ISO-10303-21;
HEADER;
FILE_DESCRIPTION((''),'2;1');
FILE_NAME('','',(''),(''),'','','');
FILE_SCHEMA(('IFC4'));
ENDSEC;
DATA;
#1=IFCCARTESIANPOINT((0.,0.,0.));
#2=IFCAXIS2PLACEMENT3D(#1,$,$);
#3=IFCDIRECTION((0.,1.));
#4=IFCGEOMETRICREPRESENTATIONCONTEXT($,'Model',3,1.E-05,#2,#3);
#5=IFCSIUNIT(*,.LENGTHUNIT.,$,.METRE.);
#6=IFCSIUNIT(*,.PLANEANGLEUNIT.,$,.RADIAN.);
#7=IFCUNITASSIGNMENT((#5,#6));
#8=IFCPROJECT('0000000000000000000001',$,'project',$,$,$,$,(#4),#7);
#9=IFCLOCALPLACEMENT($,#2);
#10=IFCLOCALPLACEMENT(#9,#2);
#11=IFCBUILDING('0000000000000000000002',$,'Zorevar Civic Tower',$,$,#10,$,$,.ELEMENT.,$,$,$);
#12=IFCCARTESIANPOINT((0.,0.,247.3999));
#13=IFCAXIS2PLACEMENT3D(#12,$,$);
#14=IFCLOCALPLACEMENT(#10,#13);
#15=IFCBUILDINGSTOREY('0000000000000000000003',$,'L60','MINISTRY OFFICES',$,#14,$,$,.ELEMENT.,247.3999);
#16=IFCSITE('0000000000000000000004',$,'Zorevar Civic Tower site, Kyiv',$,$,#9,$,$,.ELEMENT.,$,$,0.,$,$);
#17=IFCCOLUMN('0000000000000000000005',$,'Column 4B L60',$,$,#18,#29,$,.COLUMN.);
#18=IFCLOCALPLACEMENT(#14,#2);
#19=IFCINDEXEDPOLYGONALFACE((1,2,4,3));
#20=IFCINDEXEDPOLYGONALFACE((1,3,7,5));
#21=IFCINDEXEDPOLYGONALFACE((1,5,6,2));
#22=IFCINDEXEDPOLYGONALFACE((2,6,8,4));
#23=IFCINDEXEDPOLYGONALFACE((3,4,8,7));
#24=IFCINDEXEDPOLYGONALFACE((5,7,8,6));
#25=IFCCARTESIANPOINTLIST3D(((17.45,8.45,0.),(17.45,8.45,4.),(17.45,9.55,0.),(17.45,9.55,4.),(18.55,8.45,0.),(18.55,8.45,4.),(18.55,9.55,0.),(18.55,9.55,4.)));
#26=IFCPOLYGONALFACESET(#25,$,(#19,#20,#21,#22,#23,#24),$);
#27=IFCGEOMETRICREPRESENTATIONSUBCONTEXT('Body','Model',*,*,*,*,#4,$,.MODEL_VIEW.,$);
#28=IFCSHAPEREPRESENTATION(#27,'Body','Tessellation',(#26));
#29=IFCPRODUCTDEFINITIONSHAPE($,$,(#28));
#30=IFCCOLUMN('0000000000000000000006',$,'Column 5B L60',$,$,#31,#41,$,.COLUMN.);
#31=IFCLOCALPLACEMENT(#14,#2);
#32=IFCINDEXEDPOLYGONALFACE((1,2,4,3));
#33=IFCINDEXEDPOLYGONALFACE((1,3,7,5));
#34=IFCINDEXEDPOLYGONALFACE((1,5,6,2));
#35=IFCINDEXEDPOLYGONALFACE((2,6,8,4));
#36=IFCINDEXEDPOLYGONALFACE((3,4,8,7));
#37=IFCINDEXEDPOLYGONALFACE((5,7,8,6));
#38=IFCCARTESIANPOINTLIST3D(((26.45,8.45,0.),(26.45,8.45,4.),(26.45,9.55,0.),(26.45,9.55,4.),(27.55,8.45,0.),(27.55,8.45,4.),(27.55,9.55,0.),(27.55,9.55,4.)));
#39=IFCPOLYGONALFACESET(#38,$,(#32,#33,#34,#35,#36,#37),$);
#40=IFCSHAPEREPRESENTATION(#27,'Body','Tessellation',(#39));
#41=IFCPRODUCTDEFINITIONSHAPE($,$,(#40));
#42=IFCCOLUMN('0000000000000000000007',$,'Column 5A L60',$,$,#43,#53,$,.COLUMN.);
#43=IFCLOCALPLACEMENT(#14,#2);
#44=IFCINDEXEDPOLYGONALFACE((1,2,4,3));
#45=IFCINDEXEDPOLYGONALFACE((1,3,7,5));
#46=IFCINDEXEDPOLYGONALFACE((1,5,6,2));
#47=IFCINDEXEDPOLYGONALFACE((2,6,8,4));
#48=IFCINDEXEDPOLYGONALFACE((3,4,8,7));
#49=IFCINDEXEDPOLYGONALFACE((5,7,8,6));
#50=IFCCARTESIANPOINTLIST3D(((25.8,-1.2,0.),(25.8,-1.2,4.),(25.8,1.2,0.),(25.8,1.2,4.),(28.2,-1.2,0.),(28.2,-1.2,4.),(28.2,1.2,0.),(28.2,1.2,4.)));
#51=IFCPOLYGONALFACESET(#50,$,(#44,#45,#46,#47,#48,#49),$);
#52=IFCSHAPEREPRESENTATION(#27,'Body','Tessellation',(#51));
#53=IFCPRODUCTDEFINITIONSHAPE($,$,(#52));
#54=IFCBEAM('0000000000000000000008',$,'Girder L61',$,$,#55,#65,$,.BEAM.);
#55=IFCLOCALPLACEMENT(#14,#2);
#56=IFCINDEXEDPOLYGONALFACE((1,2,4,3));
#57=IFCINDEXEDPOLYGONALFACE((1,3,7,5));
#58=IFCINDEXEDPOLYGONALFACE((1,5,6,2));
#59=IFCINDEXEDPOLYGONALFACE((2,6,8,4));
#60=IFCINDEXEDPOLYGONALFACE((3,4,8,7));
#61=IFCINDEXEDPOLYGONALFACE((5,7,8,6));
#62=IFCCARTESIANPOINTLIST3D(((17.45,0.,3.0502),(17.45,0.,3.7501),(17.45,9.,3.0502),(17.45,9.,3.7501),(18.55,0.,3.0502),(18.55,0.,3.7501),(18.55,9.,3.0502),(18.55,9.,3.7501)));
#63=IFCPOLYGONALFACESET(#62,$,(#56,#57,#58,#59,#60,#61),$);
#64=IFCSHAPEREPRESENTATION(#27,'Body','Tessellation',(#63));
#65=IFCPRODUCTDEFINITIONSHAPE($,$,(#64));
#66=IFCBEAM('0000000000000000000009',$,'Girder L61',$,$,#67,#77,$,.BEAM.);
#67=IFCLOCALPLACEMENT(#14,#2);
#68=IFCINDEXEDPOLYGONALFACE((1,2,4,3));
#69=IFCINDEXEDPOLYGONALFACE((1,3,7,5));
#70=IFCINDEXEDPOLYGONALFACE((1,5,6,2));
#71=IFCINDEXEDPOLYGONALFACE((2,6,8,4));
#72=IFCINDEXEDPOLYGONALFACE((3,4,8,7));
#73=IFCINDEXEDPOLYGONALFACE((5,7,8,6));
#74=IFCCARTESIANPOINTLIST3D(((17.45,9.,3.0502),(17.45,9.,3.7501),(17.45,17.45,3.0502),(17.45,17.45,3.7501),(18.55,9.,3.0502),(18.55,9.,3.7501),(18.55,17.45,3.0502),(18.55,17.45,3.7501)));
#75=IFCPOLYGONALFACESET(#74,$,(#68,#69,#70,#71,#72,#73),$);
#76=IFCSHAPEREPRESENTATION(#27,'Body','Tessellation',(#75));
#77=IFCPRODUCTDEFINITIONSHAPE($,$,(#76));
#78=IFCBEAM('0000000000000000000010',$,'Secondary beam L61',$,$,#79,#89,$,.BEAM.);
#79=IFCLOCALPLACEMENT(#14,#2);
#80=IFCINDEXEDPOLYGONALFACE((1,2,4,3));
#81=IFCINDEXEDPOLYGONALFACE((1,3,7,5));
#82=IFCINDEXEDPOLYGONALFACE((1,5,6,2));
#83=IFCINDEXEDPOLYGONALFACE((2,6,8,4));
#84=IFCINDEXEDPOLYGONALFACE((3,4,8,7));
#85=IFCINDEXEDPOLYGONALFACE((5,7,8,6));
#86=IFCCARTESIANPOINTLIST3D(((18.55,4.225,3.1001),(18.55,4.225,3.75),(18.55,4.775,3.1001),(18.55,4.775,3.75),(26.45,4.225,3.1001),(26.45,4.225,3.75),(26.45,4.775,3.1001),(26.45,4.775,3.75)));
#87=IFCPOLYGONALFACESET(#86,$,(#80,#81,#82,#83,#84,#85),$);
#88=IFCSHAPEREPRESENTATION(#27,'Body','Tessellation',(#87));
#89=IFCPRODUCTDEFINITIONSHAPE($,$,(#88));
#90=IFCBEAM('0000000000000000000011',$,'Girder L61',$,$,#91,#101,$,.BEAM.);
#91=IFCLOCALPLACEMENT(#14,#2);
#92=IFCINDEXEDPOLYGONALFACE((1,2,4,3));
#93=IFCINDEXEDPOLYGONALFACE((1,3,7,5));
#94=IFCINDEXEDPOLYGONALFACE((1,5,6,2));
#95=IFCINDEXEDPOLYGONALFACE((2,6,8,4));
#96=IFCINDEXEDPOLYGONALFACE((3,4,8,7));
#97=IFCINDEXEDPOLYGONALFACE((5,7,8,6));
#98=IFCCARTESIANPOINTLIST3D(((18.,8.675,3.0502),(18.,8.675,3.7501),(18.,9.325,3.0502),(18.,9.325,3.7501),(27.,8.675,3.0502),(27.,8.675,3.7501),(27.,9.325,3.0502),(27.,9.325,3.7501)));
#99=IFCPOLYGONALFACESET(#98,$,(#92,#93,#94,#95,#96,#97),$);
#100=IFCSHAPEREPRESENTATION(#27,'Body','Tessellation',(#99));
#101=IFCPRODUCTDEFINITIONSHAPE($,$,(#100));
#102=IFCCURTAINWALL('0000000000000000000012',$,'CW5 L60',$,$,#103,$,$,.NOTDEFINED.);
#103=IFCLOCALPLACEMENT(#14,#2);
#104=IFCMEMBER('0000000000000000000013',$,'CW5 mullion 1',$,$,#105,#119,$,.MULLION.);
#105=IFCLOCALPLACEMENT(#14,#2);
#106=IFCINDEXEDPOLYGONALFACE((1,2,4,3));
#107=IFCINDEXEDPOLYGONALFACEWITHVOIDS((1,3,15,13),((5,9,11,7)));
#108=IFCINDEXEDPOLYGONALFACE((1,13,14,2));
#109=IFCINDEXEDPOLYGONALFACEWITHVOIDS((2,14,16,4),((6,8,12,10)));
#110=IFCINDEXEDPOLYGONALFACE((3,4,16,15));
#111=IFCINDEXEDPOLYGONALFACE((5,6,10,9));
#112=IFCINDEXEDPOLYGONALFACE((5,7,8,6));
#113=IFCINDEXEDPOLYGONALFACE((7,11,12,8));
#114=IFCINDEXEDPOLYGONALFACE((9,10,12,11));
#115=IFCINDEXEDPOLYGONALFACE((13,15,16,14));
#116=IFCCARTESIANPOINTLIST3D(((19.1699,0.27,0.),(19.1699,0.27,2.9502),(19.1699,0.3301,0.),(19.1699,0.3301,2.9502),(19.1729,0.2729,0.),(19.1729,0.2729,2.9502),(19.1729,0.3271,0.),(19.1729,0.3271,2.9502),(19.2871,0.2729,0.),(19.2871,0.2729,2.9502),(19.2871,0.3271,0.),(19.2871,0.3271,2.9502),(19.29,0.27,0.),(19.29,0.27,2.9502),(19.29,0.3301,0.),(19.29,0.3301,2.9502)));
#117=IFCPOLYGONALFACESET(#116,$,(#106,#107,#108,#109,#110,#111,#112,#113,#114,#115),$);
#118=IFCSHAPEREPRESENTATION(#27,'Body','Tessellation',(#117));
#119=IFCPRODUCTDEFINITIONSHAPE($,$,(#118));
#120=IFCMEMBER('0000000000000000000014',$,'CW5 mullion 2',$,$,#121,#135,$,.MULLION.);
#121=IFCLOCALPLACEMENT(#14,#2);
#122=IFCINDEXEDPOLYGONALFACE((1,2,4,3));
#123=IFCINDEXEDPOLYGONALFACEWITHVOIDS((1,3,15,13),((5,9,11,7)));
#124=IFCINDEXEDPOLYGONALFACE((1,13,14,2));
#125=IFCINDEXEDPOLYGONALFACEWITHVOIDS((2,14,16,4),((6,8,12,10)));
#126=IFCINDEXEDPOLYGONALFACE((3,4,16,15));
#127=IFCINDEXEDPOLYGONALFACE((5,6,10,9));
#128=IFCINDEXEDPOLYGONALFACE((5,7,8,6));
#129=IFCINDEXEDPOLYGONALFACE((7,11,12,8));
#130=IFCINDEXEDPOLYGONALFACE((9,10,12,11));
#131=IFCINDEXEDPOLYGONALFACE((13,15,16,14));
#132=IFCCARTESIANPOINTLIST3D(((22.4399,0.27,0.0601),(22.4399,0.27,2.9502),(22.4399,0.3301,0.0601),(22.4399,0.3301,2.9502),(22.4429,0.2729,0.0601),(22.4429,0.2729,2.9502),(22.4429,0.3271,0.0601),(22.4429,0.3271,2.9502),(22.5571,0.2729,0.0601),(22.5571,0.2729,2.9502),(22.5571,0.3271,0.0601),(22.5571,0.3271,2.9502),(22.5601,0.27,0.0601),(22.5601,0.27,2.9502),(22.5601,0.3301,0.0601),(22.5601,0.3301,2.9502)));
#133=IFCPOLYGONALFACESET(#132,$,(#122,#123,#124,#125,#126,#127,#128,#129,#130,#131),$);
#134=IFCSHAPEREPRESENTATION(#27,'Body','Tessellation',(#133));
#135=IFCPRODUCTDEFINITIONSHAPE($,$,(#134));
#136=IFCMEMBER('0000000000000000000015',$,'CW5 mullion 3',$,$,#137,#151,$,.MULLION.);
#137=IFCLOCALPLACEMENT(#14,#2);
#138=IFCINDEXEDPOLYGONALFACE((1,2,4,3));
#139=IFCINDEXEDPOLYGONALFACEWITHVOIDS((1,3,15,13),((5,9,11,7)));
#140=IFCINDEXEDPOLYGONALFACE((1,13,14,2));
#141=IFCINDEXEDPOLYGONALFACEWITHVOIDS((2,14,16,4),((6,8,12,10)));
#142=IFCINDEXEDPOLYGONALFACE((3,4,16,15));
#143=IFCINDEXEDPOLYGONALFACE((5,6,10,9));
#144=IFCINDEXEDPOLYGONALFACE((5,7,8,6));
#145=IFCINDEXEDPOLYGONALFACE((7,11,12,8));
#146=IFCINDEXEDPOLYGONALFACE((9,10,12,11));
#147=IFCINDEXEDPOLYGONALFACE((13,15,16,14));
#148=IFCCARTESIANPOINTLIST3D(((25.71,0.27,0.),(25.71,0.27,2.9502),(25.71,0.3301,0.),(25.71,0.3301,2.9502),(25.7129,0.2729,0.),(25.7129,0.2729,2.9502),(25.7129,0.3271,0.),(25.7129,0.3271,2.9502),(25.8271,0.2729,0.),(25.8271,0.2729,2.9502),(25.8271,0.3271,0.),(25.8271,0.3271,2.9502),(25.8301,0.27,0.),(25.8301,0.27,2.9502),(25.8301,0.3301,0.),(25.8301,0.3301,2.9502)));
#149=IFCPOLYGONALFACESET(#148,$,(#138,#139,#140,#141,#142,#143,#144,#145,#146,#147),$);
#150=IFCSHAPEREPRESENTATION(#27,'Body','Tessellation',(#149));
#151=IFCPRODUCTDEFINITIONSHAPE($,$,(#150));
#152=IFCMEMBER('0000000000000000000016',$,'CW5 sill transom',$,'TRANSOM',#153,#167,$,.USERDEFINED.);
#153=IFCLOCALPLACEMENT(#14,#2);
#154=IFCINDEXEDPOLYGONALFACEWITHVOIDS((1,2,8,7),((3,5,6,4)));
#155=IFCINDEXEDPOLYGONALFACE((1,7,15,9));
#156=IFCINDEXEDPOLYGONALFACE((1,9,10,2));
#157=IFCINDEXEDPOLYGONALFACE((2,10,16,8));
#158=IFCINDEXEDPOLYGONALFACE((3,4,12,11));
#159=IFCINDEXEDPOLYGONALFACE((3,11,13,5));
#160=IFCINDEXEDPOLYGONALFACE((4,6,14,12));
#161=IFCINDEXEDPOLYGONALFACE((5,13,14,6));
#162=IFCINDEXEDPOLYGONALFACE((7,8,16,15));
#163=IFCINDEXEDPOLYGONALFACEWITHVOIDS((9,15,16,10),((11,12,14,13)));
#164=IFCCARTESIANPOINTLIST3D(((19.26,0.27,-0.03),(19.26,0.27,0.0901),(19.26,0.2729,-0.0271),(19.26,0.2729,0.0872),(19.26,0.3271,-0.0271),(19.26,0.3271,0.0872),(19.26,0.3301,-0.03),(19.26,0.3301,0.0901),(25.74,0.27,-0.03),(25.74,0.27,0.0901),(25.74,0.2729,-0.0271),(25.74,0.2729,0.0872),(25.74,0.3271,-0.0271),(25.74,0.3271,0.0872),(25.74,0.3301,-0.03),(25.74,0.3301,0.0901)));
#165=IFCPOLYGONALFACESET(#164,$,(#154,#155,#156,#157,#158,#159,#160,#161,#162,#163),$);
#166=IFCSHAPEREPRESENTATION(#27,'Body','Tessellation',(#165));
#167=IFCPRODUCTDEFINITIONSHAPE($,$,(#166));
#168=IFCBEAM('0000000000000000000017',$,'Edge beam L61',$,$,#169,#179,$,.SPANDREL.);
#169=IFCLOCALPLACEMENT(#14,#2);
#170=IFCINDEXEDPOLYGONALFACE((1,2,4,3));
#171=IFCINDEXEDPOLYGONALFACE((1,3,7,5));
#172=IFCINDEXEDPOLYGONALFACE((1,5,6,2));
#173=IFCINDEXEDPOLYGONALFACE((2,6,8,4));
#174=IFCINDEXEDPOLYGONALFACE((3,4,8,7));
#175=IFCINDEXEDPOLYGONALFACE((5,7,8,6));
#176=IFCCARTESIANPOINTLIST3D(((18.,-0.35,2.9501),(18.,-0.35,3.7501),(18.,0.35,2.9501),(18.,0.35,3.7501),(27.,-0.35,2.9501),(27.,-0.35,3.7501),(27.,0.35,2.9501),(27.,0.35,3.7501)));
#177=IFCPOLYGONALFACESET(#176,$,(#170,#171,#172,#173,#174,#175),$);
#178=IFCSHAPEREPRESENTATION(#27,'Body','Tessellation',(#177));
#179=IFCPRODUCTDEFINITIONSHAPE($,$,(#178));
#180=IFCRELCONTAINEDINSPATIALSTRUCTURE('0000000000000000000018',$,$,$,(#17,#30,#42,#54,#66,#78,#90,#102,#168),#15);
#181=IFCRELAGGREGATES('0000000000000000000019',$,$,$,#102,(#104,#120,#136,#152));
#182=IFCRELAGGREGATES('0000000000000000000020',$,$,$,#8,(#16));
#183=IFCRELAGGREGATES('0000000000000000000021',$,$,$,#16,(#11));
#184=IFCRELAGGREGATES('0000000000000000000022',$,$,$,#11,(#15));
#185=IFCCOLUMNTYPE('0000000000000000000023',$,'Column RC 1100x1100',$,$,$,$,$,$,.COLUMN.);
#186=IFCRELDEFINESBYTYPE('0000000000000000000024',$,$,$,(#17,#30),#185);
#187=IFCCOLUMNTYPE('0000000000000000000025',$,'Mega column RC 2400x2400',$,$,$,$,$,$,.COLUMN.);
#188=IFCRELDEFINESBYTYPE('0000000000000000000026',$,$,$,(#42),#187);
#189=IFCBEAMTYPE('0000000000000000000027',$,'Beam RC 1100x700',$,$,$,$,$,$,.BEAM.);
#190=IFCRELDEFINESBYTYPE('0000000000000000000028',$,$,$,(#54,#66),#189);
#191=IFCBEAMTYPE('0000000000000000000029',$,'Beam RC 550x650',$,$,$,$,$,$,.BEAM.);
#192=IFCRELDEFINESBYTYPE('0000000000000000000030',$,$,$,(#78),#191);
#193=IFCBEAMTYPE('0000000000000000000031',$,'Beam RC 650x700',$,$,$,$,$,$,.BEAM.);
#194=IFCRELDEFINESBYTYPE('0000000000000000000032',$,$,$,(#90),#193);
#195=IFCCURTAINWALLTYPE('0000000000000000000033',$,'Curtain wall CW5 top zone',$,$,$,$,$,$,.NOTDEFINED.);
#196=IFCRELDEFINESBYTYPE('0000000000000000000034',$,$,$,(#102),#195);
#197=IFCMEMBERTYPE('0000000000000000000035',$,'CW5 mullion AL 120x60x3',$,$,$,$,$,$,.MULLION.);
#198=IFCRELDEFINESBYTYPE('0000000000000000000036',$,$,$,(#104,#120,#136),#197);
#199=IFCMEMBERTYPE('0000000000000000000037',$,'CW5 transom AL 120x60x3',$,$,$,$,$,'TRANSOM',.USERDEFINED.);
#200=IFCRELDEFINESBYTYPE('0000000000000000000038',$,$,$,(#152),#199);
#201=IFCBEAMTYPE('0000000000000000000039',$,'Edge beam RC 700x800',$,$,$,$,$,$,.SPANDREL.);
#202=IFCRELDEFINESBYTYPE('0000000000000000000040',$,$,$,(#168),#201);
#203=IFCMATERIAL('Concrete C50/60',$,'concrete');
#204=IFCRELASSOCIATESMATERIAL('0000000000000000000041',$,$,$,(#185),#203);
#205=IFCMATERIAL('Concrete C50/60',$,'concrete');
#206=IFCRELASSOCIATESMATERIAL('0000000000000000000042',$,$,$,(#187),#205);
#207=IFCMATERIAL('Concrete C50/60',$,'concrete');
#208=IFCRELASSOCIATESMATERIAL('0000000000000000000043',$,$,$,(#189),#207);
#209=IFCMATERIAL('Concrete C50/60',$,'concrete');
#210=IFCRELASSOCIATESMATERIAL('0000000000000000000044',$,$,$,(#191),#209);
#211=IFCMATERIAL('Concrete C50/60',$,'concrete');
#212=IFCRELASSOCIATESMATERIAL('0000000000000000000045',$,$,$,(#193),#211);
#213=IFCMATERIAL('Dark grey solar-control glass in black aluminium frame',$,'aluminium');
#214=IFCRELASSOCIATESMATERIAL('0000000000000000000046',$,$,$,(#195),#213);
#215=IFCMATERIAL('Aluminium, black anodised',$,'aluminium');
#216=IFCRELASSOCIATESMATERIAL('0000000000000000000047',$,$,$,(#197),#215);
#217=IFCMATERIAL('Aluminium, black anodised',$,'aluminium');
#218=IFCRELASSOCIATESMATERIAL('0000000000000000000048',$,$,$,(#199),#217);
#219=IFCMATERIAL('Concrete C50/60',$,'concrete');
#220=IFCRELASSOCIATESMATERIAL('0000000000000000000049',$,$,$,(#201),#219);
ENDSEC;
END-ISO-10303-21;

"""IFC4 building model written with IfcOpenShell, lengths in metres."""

from ifc_helpers import new_model, si_unit, direction, frame, origin, origin_2d, place, context, subcontext, project, spatial, rectangle, hollow_rectangle, extrude, material, material_profile, profile_set, type_object, element, aggregate, save


model = new_model("IFC4")

# Units and contexts
model_context = context("Model", 3, precision=1e-05, world=origin(), true_north=direction((0.0, 1.0)))
body_context = subcontext(model_context, "Body", "Model", "MODEL_VIEW")
ifc_project = project(units=[si_unit("LENGTHUNIT", "METRE"), si_unit("PLANEANGLEUNIT", "RADIAN")], contexts=[model_context])

# Site, building, storey
site_placement = place(None, origin())
site = spatial("IfcSite", under=ifc_project, at=site_placement, Name="Zorevar Civic Tower site, Kyiv", CompositionType="ELEMENT", RefElevation=0.0)
building_placement = place(site_placement, origin())
building = spatial("IfcBuilding", under=site, at=building_placement, Name="Zorevar Civic Tower", CompositionType="ELEMENT")
storey_placement = place(building_placement, frame((0.0, 0.0, 247.3999)))
storey = spatial("IfcBuildingStorey", under=building, at=storey_placement, Name="L60", Description="MINISTRY OFFICES", CompositionType="ELEMENT", Elevation=247.3999)

# Columns
ifc_material_1 = material(Name="Concrete C50/60", Category="concrete")
ifc_material_profile_1 = material_profile(ifc_material_1, rectangle(XDim=1.1001, YDim=1.1001, at=origin_2d()), Name="RC 1100x1100")
ifc_profile_set_1 = profile_set([ifc_material_profile_1], Name="Concrete C50/60")
column_type_1 = type_object("IfcColumnType", Name="Column RC 1100x1100", PredefinedType="COLUMN", material=ifc_profile_set_1)
for number, where, z_axis, x_axis, name in (
    (1, (18.0, 9.0, 0.0), (0.0, 0.0, 1.0), (1.0, 0.0, 0.0), "Column 4B L60"),
    (2, (27.0, 9.0, 0.0), (0.0, 0.0, 1.0), (1.0, 0.0, 0.0), "Column 5B L60"),
):
    element("IfcColumn", number, at=place(storey_placement, frame(where, z_axis=z_axis, x_axis=x_axis)), inside=storey, type_object=column_type_1, Name=name, PredefinedType="COLUMN", context=body_context, shape_type="SweptSolid", body=[
        extrude(rectangle(XDim=1.1001, YDim=1.1001, at=origin_2d()), origin(), (0.0, 0.0, 1.0), 4.0),
    ])
ifc_material_2 = material(Name="Concrete C50/60", Category="concrete")
ifc_material_profile_2 = material_profile(ifc_material_2, rectangle(XDim=2.3999, YDim=2.3999, at=origin_2d()), Name="RC 2400x2400")
ifc_profile_set_2 = profile_set([ifc_material_profile_2], Name="Concrete C50/60")
column_type_2 = type_object("IfcColumnType", Name="Mega column RC 2400x2400", PredefinedType="COLUMN", material=ifc_profile_set_2)
column_placement = place(storey_placement, frame((27.0, 0.0, 0.0), z_axis=(0.0, 0.0, 1.0), x_axis=(1.0, 0.0, 0.0)))
element("IfcColumn", 3, at=column_placement, inside=storey, type_object=column_type_2, Name="Column 5A L60", PredefinedType="COLUMN", context=body_context, shape_type="SweptSolid", body=[
    extrude(rectangle(XDim=2.3999, YDim=2.3999, at=origin_2d()), origin(), (0.0, 0.0, 1.0), 4.0),
])

# Beams
ifc_material_3 = material(Name="Concrete C50/60", Category="concrete")
ifc_material_profile_3 = material_profile(ifc_material_3, rectangle(XDim=1.1001, YDim=0.7, at=origin_2d()), Name="RC 1100x700")
ifc_profile_set_3 = profile_set([ifc_material_profile_3], Name="Concrete C50/60")
beam_type_1 = type_object("IfcBeamType", Name="Beam RC 1100x700", PredefinedType="BEAM", material=ifc_profile_set_3)
beam_1_placement = place(storey_placement, frame((18.0, 0.0, 3.4001), z_axis=(0.0, 1.0, 0.0), x_axis=(-1.0, 0.0, 0.0)))
element("IfcBeam", 4, at=beam_1_placement, inside=storey, type_object=beam_type_1, Name="Girder L61", PredefinedType="BEAM", context=body_context, shape_type="SweptSolid", body=[
    extrude(rectangle(XDim=1.1001, YDim=0.7, at=origin_2d()), origin(), (0.0, 0.0, 1.0), 9.0),
])
beam_2_placement = place(storey_placement, frame((18.0, 9.0, 3.4001), z_axis=(0.0, 1.0, 0.0), x_axis=(-1.0, 0.0, 0.0)))
element("IfcBeam", 5, at=beam_2_placement, inside=storey, type_object=beam_type_1, Name="Girder L61", PredefinedType="BEAM", context=body_context, shape_type="SweptSolid", body=[
    extrude(rectangle(XDim=1.1001, YDim=0.7, at=origin_2d()), origin(), (0.0, 0.0, 1.0), 8.45),
])
ifc_material_4 = material(Name="Concrete C50/60", Category="concrete")
ifc_material_profile_4 = material_profile(ifc_material_4, rectangle(XDim=0.55, YDim=0.6499, at=origin_2d()), Name="RC 550x650")
ifc_profile_set_4 = profile_set([ifc_material_profile_4], Name="Concrete C50/60")
beam_type_2 = type_object("IfcBeamType", Name="Beam RC 550x650", PredefinedType="BEAM", material=ifc_profile_set_4)
beam_3_placement = place(storey_placement, frame((18.55, 4.5, 3.425), z_axis=(1.0, 0.0, 0.0), x_axis=(0.0, 1.0, 0.0)))
element("IfcBeam", 6, at=beam_3_placement, inside=storey, type_object=beam_type_2, Name="Secondary beam L61", PredefinedType="BEAM", context=body_context, shape_type="SweptSolid", body=[
    extrude(rectangle(XDim=0.55, YDim=0.6499, at=origin_2d()), origin(), (0.0, 0.0, 1.0), 7.8999),
])
ifc_material_5 = material(Name="Concrete C50/60", Category="concrete")
ifc_material_profile_5 = material_profile(ifc_material_5, rectangle(XDim=0.6499, YDim=0.7, at=origin_2d()), Name="RC 650x700")
ifc_profile_set_5 = profile_set([ifc_material_profile_5], Name="Concrete C50/60")
beam_type_3 = type_object("IfcBeamType", Name="Beam RC 650x700", PredefinedType="BEAM", material=ifc_profile_set_5)
beam_4_placement = place(storey_placement, frame((18.0, 9.0, 3.4001), z_axis=(1.0, 0.0, 0.0), x_axis=(0.0, 1.0, 0.0)))
element("IfcBeam", 7, at=beam_4_placement, inside=storey, type_object=beam_type_3, Name="Girder L61", PredefinedType="BEAM", context=body_context, shape_type="SweptSolid", body=[
    extrude(rectangle(XDim=0.6499, YDim=0.7, at=origin_2d()), origin(), (0.0, 0.0, 1.0), 9.0),
])

# Curtain wall, members
ifc_material_6 = material(Name="Dark grey solar-control glass in black aluminium frame", Category="aluminium")
curtain_wall_type = type_object("IfcCurtainWallType", Name="Curtain wall CW5 top zone", PredefinedType="NOTDEFINED", material=ifc_material_6)
curtain_wall_placement = place(storey_placement, origin())
curtain_wall = element("IfcCurtainWall", 8, at=curtain_wall_placement, inside=storey, type_object=curtain_wall_type, Name="CW5 L60", PredefinedType="NOTDEFINED")
ifc_material_7 = material(Name="Aluminium, black anodised", Category="aluminium")
ifc_material_profile_6 = material_profile(ifc_material_7, hollow_rectangle(XDim=0.0601, YDim=0.1201, WallThickness=0.0029, at=origin_2d()), Name="AL 120x60x3")
ifc_profile_set_6 = profile_set([ifc_material_profile_6], Name="Aluminium, black anodised")
member_type_1 = type_object("IfcMemberType", Name="CW5 mullion AL 120x60x3", PredefinedType="MULLION", material=ifc_profile_set_6)
member_1_placement = place(storey_placement, frame((19.23, 0.3, 0.0), z_axis=(0.0, 0.0, 1.0), x_axis=(0.0, 1.0, 0.0)))
member_1 = element("IfcMember", 9, at=member_1_placement, type_object=member_type_1, Name="CW5 mullion 1", PredefinedType="MULLION", context=body_context, shape_type="SweptSolid", body=[
    extrude(hollow_rectangle(XDim=0.0601, YDim=0.1201, WallThickness=0.0029, at=origin_2d()), origin(), (0.0, 0.0, 1.0), 2.9502),
])
member_2_placement = place(storey_placement, frame((22.5, 0.3, 0.0601), z_axis=(0.0, 0.0, 1.0), x_axis=(0.0, 1.0, 0.0)))
member_2 = element("IfcMember", 10, at=member_2_placement, type_object=member_type_1, Name="CW5 mullion 2", PredefinedType="MULLION", context=body_context, shape_type="SweptSolid", body=[
    extrude(hollow_rectangle(XDim=0.0601, YDim=0.1201, WallThickness=0.0029, at=origin_2d()), origin(), (0.0, 0.0, 1.0), 2.8901),
])
member_3_placement = place(storey_placement, frame((25.77, 0.3, 0.0), z_axis=(0.0, 0.0, 1.0), x_axis=(0.0, 1.0, 0.0)))
member_3 = element("IfcMember", 11, at=member_3_placement, type_object=member_type_1, Name="CW5 mullion 3", PredefinedType="MULLION", context=body_context, shape_type="SweptSolid", body=[
    extrude(hollow_rectangle(XDim=0.0601, YDim=0.1201, WallThickness=0.0029, at=origin_2d()), origin(), (0.0, 0.0, 1.0), 2.9502),
])
ifc_material_8 = material(Name="Aluminium, black anodised", Category="aluminium")
ifc_material_profile_7 = material_profile(ifc_material_8, hollow_rectangle(XDim=0.0601, YDim=0.1201, WallThickness=0.0029, at=origin_2d()), Name="AL 120x60x3")
ifc_profile_set_7 = profile_set([ifc_material_profile_7], Name="Aluminium, black anodised")
member_type_2 = type_object("IfcMemberType", Name="CW5 transom AL 120x60x3", ElementType="TRANSOM", PredefinedType="USERDEFINED", material=ifc_profile_set_7)
member_4_placement = place(storey_placement, frame((19.26, 0.3, 0.03), z_axis=(1.0, 0.0, 0.0), x_axis=(0.0, 1.0, 0.0)))
member_4 = element("IfcMember", 12, at=member_4_placement, type_object=member_type_2, Name="CW5 sill transom", ObjectType="TRANSOM", PredefinedType="USERDEFINED", context=body_context, shape_type="SweptSolid", body=[
    extrude(hollow_rectangle(XDim=0.0601, YDim=0.1201, WallThickness=0.0029, at=origin_2d()), origin(), (0.0, 0.0, 1.0), 6.48),
])

# Beam
ifc_material_9 = material(Name="Concrete C50/60", Category="concrete")
ifc_material_profile_8 = material_profile(ifc_material_9, rectangle(XDim=0.7, YDim=0.8, at=origin_2d()), Name="RC 700x800")
ifc_profile_set_8 = profile_set([ifc_material_profile_8], Name="Concrete C50/60")
beam_type_4 = type_object("IfcBeamType", Name="Edge beam RC 700x800", PredefinedType="SPANDREL", material=ifc_profile_set_8)
beam_5_placement = place(storey_placement, frame((18.0, 0.0, 3.3501), z_axis=(1.0, 0.0, 0.0), x_axis=(0.0, 1.0, 0.0)))
element("IfcBeam", 13, at=beam_5_placement, inside=storey, type_object=beam_type_4, Name="Edge beam L61", PredefinedType="SPANDREL", context=body_context, shape_type="SweptSolid", body=[
    extrude(rectangle(XDim=0.7, YDim=0.8, at=origin_2d()), origin(), (0.0, 0.0, 1.0), 9.0),
])

aggregate(curtain_wall, [member_1, member_2, member_3, member_4])

save(model, "model.ifc")
